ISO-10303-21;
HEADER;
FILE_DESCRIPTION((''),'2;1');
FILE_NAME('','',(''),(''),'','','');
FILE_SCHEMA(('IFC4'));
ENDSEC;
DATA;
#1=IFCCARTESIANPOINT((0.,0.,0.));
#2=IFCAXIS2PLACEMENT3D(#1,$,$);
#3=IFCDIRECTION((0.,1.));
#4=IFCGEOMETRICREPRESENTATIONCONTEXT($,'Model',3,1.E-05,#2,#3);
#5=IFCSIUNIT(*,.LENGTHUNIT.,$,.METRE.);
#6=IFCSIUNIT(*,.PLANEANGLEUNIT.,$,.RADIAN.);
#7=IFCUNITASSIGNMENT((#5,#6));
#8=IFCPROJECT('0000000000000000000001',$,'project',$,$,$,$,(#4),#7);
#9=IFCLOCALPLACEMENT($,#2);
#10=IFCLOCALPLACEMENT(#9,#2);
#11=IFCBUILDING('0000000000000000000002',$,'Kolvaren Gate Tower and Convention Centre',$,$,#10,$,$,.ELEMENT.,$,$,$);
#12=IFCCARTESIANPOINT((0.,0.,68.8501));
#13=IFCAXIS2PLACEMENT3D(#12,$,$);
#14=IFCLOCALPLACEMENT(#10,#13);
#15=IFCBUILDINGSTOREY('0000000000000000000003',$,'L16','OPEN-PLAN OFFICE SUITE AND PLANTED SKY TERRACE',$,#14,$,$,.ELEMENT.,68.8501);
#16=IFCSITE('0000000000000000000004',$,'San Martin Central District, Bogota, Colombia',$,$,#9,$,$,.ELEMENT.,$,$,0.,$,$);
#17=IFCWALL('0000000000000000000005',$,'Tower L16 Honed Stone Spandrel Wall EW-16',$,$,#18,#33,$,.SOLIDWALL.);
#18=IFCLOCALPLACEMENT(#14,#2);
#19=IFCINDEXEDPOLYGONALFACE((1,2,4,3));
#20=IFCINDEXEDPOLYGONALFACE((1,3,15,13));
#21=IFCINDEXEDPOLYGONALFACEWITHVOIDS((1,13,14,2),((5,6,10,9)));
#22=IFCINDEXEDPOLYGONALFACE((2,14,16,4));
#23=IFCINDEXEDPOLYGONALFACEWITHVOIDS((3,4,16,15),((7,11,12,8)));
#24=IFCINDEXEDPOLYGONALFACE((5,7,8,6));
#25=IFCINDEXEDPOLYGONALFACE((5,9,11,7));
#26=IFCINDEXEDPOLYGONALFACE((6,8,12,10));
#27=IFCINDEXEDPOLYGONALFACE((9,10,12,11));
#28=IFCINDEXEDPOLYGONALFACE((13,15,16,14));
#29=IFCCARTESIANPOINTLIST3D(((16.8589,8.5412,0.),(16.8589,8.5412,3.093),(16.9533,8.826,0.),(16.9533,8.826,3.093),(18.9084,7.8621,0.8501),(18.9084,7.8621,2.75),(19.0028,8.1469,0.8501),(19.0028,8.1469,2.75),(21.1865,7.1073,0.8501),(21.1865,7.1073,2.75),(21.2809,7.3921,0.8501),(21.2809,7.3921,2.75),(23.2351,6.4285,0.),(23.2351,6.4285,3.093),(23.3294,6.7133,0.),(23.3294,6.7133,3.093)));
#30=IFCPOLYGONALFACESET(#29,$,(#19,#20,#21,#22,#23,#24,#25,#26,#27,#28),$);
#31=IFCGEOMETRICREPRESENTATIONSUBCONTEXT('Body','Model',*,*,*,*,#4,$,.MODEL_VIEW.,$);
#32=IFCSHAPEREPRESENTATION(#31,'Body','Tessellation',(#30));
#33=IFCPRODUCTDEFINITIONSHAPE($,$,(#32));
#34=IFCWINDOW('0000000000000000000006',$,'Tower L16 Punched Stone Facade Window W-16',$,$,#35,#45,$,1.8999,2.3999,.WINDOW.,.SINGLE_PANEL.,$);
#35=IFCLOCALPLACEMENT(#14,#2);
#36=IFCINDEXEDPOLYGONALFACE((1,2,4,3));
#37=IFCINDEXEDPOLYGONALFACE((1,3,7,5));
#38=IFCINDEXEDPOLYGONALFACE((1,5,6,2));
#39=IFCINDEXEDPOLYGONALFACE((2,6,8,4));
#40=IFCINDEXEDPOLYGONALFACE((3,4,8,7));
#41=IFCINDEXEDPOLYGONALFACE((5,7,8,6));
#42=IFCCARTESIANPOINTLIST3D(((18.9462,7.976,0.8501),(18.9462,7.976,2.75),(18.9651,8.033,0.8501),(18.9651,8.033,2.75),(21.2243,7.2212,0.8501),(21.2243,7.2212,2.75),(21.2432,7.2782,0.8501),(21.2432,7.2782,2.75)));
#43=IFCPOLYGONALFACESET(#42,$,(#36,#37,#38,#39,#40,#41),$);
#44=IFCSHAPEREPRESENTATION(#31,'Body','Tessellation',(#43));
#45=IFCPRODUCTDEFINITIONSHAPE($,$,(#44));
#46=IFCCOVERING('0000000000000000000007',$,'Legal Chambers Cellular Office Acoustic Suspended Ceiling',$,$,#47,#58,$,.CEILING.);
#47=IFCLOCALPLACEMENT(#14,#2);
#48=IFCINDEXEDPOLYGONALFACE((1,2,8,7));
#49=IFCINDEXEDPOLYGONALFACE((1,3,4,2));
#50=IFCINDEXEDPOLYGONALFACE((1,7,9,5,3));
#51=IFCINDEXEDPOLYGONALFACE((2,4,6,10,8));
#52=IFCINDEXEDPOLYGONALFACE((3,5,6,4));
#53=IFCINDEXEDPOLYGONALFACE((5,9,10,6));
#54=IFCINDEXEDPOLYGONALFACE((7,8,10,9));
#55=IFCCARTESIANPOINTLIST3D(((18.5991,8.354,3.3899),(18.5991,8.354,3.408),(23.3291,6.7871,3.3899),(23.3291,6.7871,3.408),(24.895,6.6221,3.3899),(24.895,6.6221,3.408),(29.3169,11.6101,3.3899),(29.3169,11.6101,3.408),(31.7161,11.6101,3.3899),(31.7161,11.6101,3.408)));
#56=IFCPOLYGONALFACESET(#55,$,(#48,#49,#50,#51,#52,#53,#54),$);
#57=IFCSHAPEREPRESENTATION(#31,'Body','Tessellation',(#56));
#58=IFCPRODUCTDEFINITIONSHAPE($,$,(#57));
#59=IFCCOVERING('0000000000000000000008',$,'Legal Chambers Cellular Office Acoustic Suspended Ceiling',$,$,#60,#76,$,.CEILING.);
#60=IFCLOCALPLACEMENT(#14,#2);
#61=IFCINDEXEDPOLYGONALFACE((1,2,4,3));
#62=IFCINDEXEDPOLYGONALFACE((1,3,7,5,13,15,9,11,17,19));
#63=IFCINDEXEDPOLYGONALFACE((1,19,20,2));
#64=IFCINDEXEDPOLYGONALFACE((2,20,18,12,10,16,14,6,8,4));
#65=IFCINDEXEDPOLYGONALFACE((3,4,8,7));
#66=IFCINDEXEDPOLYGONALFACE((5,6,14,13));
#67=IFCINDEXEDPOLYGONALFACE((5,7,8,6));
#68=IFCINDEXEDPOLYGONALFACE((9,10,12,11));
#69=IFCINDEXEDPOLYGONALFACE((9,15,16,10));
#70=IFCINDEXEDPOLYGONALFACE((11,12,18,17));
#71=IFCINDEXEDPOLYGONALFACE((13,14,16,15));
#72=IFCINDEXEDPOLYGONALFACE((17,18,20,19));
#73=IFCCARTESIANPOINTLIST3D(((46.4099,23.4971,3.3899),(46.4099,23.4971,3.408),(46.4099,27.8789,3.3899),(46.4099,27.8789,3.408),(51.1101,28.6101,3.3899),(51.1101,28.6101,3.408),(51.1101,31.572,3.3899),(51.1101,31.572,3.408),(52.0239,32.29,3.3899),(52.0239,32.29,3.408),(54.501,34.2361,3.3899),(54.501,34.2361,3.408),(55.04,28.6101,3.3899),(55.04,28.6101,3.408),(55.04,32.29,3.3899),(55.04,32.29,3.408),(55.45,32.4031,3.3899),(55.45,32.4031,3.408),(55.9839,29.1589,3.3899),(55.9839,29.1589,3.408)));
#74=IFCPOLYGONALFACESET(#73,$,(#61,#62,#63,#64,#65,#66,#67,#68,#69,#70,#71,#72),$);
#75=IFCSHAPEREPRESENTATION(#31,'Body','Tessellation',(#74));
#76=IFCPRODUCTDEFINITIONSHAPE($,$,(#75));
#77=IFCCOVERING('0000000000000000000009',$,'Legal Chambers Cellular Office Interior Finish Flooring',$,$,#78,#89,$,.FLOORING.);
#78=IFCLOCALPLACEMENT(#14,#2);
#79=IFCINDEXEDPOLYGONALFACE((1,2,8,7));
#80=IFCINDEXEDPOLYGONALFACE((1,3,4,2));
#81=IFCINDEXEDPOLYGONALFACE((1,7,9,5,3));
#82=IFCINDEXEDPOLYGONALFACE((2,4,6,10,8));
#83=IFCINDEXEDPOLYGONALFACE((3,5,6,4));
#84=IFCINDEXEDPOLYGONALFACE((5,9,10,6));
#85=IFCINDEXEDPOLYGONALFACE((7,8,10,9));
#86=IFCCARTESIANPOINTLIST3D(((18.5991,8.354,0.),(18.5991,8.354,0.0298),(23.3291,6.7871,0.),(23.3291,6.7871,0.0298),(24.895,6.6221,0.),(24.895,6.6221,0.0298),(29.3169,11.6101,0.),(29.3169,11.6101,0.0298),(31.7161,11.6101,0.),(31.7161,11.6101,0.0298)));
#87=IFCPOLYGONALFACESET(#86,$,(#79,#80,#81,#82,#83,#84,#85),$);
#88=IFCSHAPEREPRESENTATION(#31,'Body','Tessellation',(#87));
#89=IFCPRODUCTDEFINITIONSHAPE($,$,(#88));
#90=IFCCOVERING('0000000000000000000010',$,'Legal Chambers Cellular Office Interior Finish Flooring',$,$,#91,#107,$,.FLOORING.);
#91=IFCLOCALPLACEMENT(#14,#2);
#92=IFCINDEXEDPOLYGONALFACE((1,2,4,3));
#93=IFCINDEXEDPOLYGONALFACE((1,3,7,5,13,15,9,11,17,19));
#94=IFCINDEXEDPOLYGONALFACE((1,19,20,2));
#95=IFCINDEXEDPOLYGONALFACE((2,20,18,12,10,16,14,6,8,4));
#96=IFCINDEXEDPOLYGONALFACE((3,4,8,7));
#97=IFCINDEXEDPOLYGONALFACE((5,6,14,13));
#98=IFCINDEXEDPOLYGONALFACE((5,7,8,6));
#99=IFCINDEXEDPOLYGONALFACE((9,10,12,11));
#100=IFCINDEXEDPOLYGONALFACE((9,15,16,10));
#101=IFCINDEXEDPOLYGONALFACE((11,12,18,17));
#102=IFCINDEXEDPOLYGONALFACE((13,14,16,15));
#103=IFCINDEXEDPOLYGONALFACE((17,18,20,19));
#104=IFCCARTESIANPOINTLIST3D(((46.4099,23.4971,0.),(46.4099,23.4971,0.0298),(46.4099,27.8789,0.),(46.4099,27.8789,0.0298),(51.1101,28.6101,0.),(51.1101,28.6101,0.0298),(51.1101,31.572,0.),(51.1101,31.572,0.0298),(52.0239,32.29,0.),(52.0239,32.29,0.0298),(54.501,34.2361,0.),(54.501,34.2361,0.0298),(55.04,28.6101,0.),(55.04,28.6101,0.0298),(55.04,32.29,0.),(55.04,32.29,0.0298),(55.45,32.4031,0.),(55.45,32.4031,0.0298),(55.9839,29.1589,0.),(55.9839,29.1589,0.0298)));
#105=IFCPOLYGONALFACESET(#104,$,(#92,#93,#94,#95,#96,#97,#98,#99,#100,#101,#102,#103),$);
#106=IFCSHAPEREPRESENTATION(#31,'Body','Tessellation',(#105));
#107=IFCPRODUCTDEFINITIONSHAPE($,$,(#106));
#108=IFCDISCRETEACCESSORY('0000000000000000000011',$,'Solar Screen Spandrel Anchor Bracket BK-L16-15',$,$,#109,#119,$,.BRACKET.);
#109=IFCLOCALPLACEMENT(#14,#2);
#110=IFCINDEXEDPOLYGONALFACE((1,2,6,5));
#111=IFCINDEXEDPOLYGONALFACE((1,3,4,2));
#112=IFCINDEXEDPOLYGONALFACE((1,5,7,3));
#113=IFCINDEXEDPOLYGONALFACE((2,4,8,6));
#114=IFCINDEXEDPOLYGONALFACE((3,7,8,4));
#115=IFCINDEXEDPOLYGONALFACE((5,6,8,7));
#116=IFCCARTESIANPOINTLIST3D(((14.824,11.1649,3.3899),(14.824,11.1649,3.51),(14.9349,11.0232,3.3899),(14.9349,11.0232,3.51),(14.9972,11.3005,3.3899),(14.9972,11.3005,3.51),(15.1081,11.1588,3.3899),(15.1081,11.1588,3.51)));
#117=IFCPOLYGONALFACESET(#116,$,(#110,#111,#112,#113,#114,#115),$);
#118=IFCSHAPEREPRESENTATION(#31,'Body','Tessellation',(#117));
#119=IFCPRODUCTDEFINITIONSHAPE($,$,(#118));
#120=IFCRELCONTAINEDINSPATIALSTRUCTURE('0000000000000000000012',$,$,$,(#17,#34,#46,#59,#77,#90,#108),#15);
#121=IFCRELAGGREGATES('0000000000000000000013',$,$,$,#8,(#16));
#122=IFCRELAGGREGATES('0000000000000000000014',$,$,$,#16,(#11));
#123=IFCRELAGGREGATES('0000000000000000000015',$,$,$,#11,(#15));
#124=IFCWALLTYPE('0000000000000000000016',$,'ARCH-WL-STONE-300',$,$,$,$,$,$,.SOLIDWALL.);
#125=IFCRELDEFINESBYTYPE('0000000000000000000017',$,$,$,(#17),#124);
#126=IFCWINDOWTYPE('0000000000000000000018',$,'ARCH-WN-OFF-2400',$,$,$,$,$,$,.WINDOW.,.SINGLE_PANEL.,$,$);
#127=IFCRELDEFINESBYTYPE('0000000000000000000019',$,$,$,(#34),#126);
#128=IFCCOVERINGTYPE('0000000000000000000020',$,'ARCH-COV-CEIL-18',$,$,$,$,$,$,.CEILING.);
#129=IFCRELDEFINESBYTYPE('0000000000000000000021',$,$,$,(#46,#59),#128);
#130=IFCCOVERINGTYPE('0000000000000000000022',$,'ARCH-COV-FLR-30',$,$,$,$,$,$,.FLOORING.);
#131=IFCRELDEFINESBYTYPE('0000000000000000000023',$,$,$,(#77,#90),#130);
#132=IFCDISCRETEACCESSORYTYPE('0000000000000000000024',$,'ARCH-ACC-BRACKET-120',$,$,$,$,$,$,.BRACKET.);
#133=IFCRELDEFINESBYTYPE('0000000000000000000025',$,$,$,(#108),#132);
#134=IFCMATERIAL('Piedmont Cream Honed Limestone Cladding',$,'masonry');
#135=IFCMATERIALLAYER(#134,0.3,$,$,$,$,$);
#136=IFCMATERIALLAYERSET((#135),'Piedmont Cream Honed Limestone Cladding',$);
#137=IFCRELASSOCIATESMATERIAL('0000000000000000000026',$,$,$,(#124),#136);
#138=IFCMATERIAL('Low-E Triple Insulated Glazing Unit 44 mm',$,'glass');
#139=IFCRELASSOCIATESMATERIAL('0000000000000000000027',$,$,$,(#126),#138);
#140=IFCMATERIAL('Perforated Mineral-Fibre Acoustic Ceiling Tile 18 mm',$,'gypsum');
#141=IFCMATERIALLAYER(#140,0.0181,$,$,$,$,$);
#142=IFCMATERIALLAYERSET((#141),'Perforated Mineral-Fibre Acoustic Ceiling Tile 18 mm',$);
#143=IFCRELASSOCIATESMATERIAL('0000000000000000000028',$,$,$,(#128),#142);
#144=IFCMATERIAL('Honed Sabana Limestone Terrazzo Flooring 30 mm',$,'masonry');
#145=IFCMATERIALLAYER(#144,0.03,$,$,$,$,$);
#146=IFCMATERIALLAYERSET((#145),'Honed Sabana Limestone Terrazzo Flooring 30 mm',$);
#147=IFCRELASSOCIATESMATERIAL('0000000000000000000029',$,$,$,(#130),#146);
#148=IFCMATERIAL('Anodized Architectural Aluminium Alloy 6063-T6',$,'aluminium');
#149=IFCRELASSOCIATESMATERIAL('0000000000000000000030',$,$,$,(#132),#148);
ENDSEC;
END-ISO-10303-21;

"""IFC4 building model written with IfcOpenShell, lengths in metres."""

from ifc_helpers import new_model, si_unit, direction, frame, frame_2d, origin, origin_2d, place, context, subcontext, project, spatial, polyline, rectangle, outline, extrude, material, layer, layer_set, type_object, element, fill, save


model = new_model("IFC4")

# Units and contexts
model_context = context("Model", 3, precision=1e-05, world=origin(), true_north=direction((0.0, 1.0)))
body_context = subcontext(model_context, "Body", "Model", "MODEL_VIEW")
ifc_project = project(units=[si_unit("LENGTHUNIT", "METRE"), si_unit("PLANEANGLEUNIT", "RADIAN")], contexts=[model_context])

# Site, building, storey
site_placement = place(None, origin())
site = spatial("IfcSite", under=ifc_project, at=site_placement, Name="San Martin Central District, Bogota, Colombia", CompositionType="ELEMENT", RefElevation=0.0)
building_placement = place(site_placement, origin())
building = spatial("IfcBuilding", under=site, at=building_placement, Name="Kolvaren Gate Tower and Convention Centre", CompositionType="ELEMENT")
storey_placement = place(building_placement, frame((0.0, 0.0, 68.8501)))
storey = spatial("IfcBuildingStorey", under=building, at=storey_placement, Name="L16", Description="OPEN-PLAN OFFICE SUITE AND PLANTED SKY TERRACE", CompositionType="ELEMENT", Elevation=68.8501)

# Shared definitions
ifc_material_1 = material(Name="Anodized Architectural Aluminium Alloy 6063-T6", Category="aluminium")

# Shared definitions
ifc_material_2 = material(Name="Low-E Triple Insulated Glazing Unit 44 mm", Category="glass")

# Wall, opening, window
ifc_material_3 = material(Name="Piedmont Cream Honed Limestone Cladding", Category="masonry")
ifc_layer_1 = layer(ifc_material_3, 0.3)
ifc_layer_set_1 = layer_set([ifc_layer_1], Name="Piedmont Cream Honed Limestone Cladding")
wall_type_1 = type_object("IfcWallType", Name="ARCH-WL-STONE-300", PredefinedType="SOLIDWALL", material=ifc_layer_set_1)
wall_1_placement = place(storey_placement, frame((16.9062, 8.6836, 0.0), z_axis=(0.0, 0.0, 1.0), x_axis=(0.949245, -0.314537, 0.0)))
wall_1 = element("IfcWall", 1, at=wall_1_placement, inside=storey, type_object=wall_type_1, Name="Tower L16 Honed Stone Spandrel Wall EW-16", PredefinedType="SOLIDWALL", context=body_context, shape_type="SweptSolid", body=[
    extrude(rectangle(XDim=6.717, YDim=0.3, at=frame_2d((3.3584, 0.0))), origin(), (0.0, 0.0, 1.0), 3.093),
])
opening_placement = place(wall_1_placement, frame((2.1589, 0.0, 0.8501)))
opening = element("IfcOpeningElement", 2, at=opening_placement, cuts=wall_1, PredefinedType="OPENING", context=body_context, shape_type="SweptSolid", body=[
    extrude(rectangle(XDim=2.3999, YDim=1.8999, at=frame_2d((1.2, 0.95))), frame((0.0, 0.1599, 0.0), z_axis=(0.0, -1.0, 0.0), x_axis=(1.0, 0.0, 0.0)), (0.0, 0.0, 1.0), 0.3201),
])
window_type = type_object("IfcWindowType", Name="ARCH-WN-OFF-2400", PartitioningType="SINGLE_PANEL", PredefinedType="WINDOW", material=ifc_material_2)
window_placement = place(opening_placement, origin())
window = element("IfcWindow", 3, at=window_placement, inside=storey, type_object=window_type, Name="Tower L16 Punched Stone Facade Window W-16", OverallHeight=1.8999, OverallWidth=2.3999, PartitioningType="SINGLE_PANEL", PredefinedType="WINDOW", context=body_context, shape_type="SweptSolid", body=[
    extrude(rectangle(XDim=2.3999, YDim=1.8999, at=frame_2d((1.2, 0.95))), frame((0.0, 0.03, 0.0), z_axis=(0.0, -1.0, 0.0), x_axis=(1.0, 0.0, 0.0)), (0.0, 0.0, 1.0), 0.0601),
])
fill(opening, window)

# Coverings
ifc_material_4 = material(Name="Perforated Mineral-Fibre Acoustic Ceiling Tile 18 mm", Category="gypsum")
ifc_layer_2 = layer(ifc_material_4, 0.0181)
ifc_layer_set_2 = layer_set([ifc_layer_2], Name="Perforated Mineral-Fibre Acoustic Ceiling Tile 18 mm")
covering_type_1 = type_object("IfcCoveringType", Name="ARCH-COV-CEIL-18", PredefinedType="CEILING", material=ifc_layer_set_2)
covering_1_placement = place(storey_placement, frame((0.0, 0.0, 3.3899)))
element("IfcCovering", 4, at=covering_1_placement, inside=storey, type_object=covering_type_1, Name="Legal Chambers Cellular Office Acoustic Suspended Ceiling", PredefinedType="CEILING", context=body_context, shape_type="SweptSolid", body=[
    extrude(outline(polyline([(24.895, 6.6221), (23.3291, 6.7871), (18.5991, 8.354), (29.3169, 11.6101), (31.7161, 11.6101), (24.895, 6.6221)])), origin(), (0.0, 0.0, 1.0), 0.0181),
])
covering_2_placement = place(storey_placement, frame((0.0, 0.0, 3.3899)))
element("IfcCovering", 5, at=covering_2_placement, inside=storey, type_object=covering_type_1, Name="Legal Chambers Cellular Office Acoustic Suspended Ceiling", PredefinedType="CEILING", context=body_context, shape_type="SweptSolid", body=[
    extrude(outline(polyline([(55.9839, 29.1589), (46.4099, 23.4971), (46.4099, 27.8789), (51.1101, 31.572), (51.1101, 28.6101), (55.04, 28.6101), (55.04, 32.29), (52.0239, 32.29), (54.501, 34.2361), (55.45, 32.4031), (55.9839, 29.1589)])), origin(), (0.0, 0.0, 1.0), 0.0181),
])
ifc_material_5 = material(Name="Honed Sabana Limestone Terrazzo Flooring 30 mm", Category="masonry")
ifc_layer_3 = layer(ifc_material_5, 0.03)
ifc_layer_set_3 = layer_set([ifc_layer_3], Name="Honed Sabana Limestone Terrazzo Flooring 30 mm")
covering_type_2 = type_object("IfcCoveringType", Name="ARCH-COV-FLR-30", PredefinedType="FLOORING", material=ifc_layer_set_3)
covering_3_placement = place(storey_placement, origin())
element("IfcCovering", 6, at=covering_3_placement, inside=storey, type_object=covering_type_2, Name="Legal Chambers Cellular Office Interior Finish Flooring", PredefinedType="FLOORING", context=body_context, shape_type="SweptSolid", body=[
    extrude(outline(polyline([(24.895, 6.6221), (23.3291, 6.7871), (18.5991, 8.354), (29.3169, 11.6101), (31.7161, 11.6101), (24.895, 6.6221)])), origin(), (0.0, 0.0, 1.0), 0.0298),
])
covering_4_placement = place(storey_placement, origin())
element("IfcCovering", 7, at=covering_4_placement, inside=storey, type_object=covering_type_2, Name="Legal Chambers Cellular Office Interior Finish Flooring", PredefinedType="FLOORING", context=body_context, shape_type="SweptSolid", body=[
    extrude(outline(polyline([(55.9839, 29.1589), (46.4099, 23.4971), (46.4099, 27.8789), (51.1101, 31.572), (51.1101, 28.6101), (55.04, 28.6101), (55.04, 32.29), (52.0239, 32.29), (54.501, 34.2361), (55.45, 32.4031), (55.9839, 29.1589)])), origin(), (0.0, 0.0, 1.0), 0.0298),
])

# Discrete accessory
discrete_accessory_type = type_object("IfcDiscreteAccessoryType", Name="ARCH-ACC-BRACKET-120", PredefinedType="BRACKET", material=ifc_material_1)
discrete_accessory_placement = place(storey_placement, frame((14.9661, 11.1619, 3.3899), z_axis=(0.0, 0.0, 1.0), x_axis=(0.616431, -0.787409, 0.0)))
element("IfcDiscreteAccessory", 8, at=discrete_accessory_placement, inside=storey, type_object=discrete_accessory_type, Name="Solar Screen Spandrel Anchor Bracket BK-L16-15", PredefinedType="BRACKET", context=body_context, shape_type="SweptSolid", body=[
    extrude(rectangle(XDim=0.1799, YDim=0.22, at=origin_2d()), origin(), (0.0, 0.0, 1.0), 0.1201),
])

save(model, "model.ifc")
